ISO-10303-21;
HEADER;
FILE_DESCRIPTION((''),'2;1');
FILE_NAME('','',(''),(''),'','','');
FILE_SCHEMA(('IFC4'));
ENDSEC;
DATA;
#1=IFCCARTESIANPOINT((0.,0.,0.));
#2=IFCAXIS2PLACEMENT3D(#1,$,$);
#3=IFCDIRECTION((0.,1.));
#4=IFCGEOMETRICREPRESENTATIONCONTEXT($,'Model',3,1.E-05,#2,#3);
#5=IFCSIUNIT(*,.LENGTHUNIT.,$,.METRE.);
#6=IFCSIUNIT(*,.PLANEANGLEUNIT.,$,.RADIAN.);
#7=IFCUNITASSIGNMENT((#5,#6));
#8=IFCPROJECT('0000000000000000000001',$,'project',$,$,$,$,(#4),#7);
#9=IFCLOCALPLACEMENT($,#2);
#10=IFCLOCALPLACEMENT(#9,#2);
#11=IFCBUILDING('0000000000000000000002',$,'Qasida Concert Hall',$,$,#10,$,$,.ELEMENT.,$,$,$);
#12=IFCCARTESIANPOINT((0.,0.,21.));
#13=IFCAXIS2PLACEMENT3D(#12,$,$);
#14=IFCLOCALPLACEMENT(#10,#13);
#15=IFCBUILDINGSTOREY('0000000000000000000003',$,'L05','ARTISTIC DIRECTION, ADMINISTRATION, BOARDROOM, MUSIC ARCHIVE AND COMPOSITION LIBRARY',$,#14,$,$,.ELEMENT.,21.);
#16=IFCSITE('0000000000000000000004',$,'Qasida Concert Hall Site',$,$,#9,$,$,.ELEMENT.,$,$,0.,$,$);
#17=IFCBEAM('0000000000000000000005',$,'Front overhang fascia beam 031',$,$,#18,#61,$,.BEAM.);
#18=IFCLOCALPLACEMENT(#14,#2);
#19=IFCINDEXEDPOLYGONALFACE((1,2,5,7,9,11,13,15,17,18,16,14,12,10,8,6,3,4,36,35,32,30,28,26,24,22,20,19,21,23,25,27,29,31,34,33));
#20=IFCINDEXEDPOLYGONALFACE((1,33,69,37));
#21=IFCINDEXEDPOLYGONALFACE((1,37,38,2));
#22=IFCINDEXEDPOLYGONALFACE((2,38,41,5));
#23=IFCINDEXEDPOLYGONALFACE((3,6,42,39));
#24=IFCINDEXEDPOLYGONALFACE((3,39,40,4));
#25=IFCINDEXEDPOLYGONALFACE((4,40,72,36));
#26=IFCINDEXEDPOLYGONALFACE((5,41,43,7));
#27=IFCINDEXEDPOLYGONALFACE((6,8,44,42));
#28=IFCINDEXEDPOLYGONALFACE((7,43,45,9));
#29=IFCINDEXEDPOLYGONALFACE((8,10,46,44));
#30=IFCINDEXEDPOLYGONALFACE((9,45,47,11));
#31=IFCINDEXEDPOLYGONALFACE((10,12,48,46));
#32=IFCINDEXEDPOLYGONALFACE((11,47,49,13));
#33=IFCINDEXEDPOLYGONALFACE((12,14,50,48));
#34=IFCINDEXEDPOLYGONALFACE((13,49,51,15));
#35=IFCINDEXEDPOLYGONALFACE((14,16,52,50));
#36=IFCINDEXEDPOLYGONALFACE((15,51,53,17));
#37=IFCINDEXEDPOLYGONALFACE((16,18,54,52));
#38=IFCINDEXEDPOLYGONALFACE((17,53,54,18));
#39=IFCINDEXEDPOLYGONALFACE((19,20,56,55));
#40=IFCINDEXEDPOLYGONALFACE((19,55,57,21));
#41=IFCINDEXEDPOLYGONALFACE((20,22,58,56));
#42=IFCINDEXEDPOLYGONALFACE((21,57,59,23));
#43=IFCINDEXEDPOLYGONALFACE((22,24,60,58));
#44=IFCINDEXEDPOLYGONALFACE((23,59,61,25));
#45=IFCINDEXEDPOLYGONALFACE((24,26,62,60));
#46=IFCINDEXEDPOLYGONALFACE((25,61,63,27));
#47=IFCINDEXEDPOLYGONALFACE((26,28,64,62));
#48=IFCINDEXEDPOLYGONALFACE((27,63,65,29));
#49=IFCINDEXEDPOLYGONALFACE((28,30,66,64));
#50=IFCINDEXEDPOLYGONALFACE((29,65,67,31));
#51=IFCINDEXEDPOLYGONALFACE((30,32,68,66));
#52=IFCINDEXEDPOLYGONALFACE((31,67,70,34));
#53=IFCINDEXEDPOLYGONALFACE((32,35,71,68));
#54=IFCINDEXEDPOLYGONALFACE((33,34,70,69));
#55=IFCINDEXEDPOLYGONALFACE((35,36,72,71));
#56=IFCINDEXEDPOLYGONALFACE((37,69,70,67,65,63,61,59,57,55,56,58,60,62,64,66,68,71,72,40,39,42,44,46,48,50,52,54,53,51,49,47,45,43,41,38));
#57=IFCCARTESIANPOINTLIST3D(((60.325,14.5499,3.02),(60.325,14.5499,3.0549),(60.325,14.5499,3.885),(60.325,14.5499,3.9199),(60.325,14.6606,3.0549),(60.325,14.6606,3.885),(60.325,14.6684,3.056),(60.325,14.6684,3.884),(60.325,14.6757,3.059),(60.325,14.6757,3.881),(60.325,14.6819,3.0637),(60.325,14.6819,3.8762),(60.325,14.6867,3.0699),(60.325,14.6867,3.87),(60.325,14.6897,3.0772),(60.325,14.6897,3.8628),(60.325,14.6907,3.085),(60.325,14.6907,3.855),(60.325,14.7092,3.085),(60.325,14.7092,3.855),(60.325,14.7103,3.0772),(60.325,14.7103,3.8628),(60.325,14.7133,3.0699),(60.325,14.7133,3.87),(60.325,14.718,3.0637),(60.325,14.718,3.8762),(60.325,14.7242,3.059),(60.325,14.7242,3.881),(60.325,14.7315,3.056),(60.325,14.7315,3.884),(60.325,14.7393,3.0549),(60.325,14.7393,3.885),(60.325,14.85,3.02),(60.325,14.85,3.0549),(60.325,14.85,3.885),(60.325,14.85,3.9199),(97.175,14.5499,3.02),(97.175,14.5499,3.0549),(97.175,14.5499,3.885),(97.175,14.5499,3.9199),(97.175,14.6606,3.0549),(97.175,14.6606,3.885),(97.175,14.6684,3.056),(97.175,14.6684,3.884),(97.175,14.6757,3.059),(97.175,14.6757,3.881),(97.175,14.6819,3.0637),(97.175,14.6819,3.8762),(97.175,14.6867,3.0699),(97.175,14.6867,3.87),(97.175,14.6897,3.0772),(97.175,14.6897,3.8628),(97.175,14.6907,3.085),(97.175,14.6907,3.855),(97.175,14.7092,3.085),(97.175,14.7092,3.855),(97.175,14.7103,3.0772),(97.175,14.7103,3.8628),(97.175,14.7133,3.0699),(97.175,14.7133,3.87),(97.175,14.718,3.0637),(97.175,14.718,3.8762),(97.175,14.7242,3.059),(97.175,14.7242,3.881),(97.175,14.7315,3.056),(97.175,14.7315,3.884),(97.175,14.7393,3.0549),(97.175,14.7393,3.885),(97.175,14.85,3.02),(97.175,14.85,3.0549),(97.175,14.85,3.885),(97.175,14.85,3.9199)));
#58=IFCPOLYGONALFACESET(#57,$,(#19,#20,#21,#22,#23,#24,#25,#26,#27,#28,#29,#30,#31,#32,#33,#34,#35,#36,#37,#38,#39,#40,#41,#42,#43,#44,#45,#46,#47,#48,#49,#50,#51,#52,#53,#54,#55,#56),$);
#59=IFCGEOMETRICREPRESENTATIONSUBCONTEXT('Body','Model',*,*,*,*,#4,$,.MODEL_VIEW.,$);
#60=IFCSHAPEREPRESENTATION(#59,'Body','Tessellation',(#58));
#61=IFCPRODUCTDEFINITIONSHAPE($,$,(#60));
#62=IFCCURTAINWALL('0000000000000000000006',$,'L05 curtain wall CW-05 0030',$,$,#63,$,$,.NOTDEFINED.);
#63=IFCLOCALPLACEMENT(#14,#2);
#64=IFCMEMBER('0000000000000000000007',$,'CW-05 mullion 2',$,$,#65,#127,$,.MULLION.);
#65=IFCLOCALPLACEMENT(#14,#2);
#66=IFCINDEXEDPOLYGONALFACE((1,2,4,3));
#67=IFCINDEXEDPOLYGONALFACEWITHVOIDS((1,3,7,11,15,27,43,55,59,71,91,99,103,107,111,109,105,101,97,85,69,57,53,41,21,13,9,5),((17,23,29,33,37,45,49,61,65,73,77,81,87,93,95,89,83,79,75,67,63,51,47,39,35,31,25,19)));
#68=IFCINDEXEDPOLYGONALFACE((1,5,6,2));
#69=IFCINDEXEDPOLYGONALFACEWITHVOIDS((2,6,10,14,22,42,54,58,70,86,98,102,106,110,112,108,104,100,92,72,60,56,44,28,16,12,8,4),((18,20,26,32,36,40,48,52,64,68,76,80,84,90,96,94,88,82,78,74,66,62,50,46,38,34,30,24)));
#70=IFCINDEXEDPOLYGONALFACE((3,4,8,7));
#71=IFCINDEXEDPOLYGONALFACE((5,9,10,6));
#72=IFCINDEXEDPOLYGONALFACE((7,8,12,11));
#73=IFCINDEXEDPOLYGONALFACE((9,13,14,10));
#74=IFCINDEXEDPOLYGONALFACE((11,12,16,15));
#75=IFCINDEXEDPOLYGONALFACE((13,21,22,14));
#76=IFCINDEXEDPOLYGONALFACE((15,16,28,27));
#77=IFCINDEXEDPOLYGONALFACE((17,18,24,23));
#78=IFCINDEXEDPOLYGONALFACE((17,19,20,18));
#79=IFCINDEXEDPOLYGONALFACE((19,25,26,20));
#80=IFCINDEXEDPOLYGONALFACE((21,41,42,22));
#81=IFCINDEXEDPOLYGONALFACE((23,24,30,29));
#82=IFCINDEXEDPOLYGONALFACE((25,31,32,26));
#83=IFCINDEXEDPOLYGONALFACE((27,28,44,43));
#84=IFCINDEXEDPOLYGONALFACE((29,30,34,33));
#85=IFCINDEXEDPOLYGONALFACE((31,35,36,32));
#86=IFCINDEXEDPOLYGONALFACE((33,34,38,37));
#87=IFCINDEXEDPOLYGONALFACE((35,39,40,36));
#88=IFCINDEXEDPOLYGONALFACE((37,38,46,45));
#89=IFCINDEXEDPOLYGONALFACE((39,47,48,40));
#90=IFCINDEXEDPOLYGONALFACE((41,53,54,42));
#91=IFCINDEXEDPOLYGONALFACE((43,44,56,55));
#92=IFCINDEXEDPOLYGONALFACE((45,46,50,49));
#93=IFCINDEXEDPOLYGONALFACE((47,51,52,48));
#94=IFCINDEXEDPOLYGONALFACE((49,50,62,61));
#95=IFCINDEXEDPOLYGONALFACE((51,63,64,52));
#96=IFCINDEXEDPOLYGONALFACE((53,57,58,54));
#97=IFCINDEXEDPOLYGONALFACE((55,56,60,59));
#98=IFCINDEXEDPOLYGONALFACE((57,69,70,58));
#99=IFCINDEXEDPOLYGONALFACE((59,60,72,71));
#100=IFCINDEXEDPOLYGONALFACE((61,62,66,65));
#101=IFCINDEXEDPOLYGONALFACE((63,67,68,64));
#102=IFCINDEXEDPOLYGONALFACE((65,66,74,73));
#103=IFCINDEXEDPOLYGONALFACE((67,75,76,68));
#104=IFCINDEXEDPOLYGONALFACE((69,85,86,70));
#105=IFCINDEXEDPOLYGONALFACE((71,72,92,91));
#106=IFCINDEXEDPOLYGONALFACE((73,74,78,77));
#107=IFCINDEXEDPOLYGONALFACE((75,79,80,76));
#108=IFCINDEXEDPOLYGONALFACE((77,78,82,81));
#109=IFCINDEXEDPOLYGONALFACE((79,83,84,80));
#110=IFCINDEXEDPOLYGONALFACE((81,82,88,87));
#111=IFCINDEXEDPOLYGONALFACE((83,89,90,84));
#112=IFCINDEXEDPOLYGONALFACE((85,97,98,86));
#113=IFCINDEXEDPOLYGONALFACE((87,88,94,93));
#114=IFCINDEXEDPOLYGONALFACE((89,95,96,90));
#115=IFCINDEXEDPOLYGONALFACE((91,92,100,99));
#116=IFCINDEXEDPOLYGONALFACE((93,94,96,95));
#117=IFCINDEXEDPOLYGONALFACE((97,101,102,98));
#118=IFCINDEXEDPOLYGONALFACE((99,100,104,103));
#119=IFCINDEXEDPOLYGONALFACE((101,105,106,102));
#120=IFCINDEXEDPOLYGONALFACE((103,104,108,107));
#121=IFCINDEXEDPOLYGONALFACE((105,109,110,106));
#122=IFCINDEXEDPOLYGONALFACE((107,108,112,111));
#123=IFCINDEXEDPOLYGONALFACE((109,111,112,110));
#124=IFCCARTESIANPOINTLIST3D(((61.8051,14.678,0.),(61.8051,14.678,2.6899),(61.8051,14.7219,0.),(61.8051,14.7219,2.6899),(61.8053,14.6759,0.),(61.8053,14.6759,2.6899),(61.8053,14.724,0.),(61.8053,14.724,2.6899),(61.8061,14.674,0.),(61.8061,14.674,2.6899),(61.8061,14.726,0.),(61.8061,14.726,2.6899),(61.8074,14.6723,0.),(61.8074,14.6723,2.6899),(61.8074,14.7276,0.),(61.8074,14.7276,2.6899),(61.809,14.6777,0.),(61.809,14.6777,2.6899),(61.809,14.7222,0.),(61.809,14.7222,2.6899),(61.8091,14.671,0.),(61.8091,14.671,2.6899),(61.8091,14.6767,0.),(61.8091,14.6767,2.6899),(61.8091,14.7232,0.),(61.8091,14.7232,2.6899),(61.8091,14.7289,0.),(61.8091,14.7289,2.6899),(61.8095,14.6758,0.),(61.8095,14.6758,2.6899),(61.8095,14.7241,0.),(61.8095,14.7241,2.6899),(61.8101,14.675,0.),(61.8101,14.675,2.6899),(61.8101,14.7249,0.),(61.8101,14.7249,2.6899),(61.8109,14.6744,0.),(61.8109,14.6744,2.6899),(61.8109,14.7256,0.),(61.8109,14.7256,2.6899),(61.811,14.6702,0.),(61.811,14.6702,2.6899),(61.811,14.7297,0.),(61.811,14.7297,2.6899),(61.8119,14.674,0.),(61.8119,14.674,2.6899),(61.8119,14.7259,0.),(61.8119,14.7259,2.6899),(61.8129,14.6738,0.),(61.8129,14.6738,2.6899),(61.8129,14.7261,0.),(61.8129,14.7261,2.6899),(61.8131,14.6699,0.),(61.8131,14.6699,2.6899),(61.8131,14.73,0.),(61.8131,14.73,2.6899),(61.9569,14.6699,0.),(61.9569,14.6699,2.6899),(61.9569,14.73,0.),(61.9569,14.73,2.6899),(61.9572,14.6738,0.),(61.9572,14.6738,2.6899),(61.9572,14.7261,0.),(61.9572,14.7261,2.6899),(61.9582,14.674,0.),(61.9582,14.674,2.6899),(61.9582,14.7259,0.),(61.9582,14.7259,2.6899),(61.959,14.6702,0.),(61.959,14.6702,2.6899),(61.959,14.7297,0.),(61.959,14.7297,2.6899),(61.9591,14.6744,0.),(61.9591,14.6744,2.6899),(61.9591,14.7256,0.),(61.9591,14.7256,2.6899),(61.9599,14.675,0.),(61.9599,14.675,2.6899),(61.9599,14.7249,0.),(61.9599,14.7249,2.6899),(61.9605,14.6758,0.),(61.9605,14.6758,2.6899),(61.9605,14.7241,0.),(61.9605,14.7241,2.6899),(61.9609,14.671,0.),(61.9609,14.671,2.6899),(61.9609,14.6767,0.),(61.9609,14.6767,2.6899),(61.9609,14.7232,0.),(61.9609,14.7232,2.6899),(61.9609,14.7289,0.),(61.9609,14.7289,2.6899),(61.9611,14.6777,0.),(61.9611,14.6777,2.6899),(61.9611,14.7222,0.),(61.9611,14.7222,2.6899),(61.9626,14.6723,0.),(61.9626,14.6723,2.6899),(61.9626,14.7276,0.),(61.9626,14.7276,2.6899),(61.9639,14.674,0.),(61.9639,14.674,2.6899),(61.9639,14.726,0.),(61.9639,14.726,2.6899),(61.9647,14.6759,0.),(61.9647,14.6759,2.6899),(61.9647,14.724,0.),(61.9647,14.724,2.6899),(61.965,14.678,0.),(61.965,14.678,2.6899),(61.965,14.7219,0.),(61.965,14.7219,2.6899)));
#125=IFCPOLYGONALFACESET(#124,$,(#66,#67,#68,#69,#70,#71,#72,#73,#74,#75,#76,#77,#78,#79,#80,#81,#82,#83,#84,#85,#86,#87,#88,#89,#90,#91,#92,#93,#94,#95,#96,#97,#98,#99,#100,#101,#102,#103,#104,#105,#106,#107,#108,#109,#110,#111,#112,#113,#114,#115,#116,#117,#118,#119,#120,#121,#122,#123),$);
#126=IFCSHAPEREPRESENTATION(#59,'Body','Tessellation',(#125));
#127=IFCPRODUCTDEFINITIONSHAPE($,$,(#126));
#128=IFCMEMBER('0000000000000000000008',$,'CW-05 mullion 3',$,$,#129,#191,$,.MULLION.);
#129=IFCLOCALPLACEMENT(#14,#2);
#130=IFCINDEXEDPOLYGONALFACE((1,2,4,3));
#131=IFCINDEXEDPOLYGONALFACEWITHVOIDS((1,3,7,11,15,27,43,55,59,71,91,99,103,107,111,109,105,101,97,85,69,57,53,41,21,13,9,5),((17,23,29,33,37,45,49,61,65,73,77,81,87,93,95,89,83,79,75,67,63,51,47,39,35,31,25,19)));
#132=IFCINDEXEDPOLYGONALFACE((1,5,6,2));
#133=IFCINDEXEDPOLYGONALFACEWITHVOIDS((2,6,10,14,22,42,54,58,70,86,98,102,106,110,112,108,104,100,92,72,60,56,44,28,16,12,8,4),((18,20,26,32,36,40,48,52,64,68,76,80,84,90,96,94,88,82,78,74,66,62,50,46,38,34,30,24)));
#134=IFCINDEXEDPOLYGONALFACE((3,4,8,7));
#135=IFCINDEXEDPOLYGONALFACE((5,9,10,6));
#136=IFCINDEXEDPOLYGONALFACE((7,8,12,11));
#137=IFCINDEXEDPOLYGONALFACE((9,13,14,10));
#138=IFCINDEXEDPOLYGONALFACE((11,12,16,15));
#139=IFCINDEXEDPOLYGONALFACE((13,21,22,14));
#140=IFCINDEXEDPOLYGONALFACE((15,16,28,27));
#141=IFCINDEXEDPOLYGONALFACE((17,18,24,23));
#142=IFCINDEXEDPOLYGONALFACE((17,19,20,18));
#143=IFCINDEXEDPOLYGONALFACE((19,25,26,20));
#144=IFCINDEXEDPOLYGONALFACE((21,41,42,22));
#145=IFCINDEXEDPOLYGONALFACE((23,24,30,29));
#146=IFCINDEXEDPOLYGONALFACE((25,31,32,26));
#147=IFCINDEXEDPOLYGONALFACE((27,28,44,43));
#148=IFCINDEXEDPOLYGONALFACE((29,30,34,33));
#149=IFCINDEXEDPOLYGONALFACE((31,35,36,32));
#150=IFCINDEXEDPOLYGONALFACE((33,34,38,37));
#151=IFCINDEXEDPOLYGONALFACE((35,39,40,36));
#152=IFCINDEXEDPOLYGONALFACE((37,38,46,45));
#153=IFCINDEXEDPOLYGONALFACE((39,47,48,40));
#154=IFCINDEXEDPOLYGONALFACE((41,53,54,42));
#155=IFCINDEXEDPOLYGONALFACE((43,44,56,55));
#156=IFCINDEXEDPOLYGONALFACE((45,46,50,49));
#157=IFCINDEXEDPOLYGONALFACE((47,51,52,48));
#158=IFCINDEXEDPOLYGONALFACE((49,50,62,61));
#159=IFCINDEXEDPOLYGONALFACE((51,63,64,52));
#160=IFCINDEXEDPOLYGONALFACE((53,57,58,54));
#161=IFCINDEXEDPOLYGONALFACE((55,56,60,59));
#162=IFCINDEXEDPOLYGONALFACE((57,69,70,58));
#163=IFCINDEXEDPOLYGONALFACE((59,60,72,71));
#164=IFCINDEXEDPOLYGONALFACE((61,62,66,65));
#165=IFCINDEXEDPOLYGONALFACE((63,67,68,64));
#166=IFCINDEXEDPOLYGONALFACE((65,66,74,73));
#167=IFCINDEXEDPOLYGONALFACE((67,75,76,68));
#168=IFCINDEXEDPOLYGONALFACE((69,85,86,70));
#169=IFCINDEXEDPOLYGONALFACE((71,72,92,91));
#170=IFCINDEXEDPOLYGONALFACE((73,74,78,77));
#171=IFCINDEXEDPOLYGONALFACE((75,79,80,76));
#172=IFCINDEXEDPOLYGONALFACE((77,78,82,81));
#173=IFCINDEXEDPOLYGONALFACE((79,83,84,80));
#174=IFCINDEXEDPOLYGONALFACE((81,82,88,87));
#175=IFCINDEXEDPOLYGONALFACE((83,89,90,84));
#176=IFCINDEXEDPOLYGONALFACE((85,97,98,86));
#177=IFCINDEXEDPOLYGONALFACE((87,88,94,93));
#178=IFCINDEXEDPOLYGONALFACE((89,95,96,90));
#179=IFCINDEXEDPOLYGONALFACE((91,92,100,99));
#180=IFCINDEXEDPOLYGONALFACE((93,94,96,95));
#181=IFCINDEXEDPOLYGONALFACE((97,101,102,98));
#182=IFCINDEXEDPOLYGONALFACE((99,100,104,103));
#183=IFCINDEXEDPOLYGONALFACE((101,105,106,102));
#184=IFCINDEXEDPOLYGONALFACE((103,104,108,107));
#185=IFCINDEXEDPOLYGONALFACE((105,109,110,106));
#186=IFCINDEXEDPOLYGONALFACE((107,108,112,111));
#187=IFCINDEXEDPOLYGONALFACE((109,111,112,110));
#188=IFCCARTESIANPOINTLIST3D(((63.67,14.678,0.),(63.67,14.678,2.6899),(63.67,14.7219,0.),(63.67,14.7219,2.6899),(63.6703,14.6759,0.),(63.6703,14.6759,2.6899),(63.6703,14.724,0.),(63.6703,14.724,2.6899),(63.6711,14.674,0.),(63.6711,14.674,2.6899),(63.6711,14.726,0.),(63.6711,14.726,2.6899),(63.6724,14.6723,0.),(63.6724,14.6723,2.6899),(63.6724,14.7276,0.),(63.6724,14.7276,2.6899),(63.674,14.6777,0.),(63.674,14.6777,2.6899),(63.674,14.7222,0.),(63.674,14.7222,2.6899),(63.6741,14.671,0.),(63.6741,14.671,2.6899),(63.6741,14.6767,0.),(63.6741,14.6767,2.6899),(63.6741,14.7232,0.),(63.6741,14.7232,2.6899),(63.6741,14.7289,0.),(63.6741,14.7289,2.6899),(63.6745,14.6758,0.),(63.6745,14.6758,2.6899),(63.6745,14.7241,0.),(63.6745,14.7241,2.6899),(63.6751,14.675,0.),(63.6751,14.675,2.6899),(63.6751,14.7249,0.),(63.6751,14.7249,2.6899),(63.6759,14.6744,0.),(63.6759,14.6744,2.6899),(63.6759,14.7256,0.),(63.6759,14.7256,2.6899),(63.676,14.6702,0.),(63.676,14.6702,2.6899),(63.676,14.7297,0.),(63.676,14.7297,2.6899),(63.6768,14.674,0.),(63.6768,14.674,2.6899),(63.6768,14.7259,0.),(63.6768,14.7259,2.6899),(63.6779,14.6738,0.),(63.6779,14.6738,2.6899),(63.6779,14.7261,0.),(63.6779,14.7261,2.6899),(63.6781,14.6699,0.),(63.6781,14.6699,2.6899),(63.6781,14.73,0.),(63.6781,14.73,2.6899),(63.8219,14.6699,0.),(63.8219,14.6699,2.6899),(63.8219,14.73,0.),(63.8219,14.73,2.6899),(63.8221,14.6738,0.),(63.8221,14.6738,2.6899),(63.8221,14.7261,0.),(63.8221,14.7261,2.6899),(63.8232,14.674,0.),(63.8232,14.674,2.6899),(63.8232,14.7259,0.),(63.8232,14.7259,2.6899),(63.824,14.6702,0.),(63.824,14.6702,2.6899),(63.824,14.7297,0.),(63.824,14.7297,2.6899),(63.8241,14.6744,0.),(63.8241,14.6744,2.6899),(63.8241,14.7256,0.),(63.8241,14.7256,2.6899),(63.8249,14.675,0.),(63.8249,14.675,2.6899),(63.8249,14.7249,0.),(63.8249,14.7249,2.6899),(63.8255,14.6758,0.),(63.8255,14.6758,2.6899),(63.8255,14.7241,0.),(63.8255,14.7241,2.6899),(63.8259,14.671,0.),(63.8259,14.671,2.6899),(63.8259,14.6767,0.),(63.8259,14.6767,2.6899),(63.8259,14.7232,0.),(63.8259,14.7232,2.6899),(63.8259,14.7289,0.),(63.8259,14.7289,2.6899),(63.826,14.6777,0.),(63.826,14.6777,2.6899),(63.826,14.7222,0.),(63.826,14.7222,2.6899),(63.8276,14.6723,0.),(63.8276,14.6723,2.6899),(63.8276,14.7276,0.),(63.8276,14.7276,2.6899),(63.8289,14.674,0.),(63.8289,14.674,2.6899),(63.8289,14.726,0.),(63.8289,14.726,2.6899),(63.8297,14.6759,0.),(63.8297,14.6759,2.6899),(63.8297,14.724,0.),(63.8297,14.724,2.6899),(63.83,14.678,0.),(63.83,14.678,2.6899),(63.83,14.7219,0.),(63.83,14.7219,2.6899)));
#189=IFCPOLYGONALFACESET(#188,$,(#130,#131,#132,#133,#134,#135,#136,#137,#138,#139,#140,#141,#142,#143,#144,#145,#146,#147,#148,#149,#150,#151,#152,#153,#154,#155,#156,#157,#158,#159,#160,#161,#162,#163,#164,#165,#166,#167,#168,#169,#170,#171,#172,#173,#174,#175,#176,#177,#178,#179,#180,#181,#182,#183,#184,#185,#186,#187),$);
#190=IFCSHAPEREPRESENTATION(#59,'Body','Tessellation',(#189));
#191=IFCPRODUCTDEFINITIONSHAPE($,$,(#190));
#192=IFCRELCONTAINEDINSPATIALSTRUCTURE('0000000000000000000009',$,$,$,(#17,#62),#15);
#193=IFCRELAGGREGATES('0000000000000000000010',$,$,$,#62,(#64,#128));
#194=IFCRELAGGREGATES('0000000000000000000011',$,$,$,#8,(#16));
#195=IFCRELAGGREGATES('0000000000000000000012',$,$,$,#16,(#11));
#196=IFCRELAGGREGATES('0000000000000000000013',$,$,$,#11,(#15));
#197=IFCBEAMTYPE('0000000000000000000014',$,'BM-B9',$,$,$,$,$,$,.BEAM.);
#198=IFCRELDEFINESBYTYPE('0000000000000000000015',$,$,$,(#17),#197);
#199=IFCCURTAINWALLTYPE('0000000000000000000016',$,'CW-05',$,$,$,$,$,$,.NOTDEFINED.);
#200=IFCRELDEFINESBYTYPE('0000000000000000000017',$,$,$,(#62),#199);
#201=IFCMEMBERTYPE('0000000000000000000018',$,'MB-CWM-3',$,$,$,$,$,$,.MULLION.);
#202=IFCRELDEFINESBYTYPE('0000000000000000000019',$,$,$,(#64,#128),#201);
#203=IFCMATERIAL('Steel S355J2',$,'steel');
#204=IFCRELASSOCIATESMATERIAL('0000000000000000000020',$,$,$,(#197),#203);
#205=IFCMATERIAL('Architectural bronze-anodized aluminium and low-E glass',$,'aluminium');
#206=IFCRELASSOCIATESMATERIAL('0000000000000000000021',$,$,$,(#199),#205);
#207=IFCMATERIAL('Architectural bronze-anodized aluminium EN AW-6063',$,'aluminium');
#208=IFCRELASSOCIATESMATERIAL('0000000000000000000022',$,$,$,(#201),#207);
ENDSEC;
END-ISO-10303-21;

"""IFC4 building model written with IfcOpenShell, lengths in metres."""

from ifc_helpers import new_model, si_unit, direction, frame, origin, origin_2d, place, context, subcontext, project, spatial, hollow_rectangle, i_section, extrude, material, material_profile, profile_set, type_object, element, aggregate, save


model = new_model("IFC4")

# Units and contexts
model_context = context("Model", 3, precision=1e-05, world=origin(), true_north=direction((0.0, 1.0)))
body_context = subcontext(model_context, "Body", "Model", "MODEL_VIEW")
ifc_project = project(units=[si_unit("LENGTHUNIT", "METRE"), si_unit("PLANEANGLEUNIT", "RADIAN")], contexts=[model_context])

# Site, building, storey
site_placement = place(None, origin())
site = spatial("IfcSite", under=ifc_project, at=site_placement, Name="Qasida Concert Hall Site", CompositionType="ELEMENT", RefElevation=0.0)
building_placement = place(site_placement, origin())
building = spatial("IfcBuilding", under=site, at=building_placement, Name="Qasida Concert Hall", CompositionType="ELEMENT")
storey_placement = place(building_placement, frame((0.0, 0.0, 21.0)))
storey = spatial("IfcBuildingStorey", under=building, at=storey_placement, Name="L05", Description="ARTISTIC DIRECTION, ADMINISTRATION, BOARDROOM, MUSIC ARCHIVE AND COMPOSITION LIBRARY", CompositionType="ELEMENT", Elevation=21.0)

# Beam
ifc_material_1 = material(Name="Steel S355J2", Category="steel")
ifc_material_profile_1 = material_profile(ifc_material_1, i_section(OverallWidth=0.3, OverallDepth=0.8999, WebThickness=0.0186, FlangeThickness=0.0349, FilletRadius=0.03, at=origin_2d()), Name="HEB 900")
ifc_profile_set_1 = profile_set([ifc_material_profile_1], Name="Steel S355J2")
beam_type = type_object("IfcBeamType", Name="BM-B9", PredefinedType="BEAM", material=ifc_profile_set_1)
beam_placement = place(storey_placement, frame((60.325, 14.7, 3.47), z_axis=(1.0, 0.0, 0.0), x_axis=(0.0, 1.0, 0.0)))
element("IfcBeam", 1, at=beam_placement, inside=storey, type_object=beam_type, Name="Front overhang fascia beam 031", PredefinedType="BEAM", context=body_context, shape_type="SweptSolid", body=[
    extrude(i_section(OverallWidth=0.3, OverallDepth=0.8999, WebThickness=0.0186, FlangeThickness=0.0349, FilletRadius=0.03, at=origin_2d()), origin(), (0.0, 0.0, 1.0), 36.8501),
])

# Curtain wall, members
ifc_material_2 = material(Name="Architectural bronze-anodized aluminium and low-E glass", Category="aluminium")
curtain_wall_type = type_object("IfcCurtainWallType", Name="CW-05", PredefinedType="NOTDEFINED", material=ifc_material_2)
curtain_wall_placement = place(storey_placement, origin())
curtain_wall = element("IfcCurtainWall", 2, at=curtain_wall_placement, inside=storey, type_object=curtain_wall_type, Name="L05 curtain wall CW-05 0030", PredefinedType="NOTDEFINED")
ifc_material_3 = material(Name="Architectural bronze-anodized aluminium EN AW-6063", Category="aluminium")
ifc_material_profile_2 = material_profile(ifc_material_3, hollow_rectangle(XDim=0.0601, YDim=0.1599, WallThickness=0.0039, InnerFilletRadius=0.0039, OuterFilletRadius=0.0081, at=origin_2d()), Name="CWM 160x60x4")
ifc_profile_set_2 = profile_set([ifc_material_profile_2], Name="Architectural bronze-anodized aluminium EN AW-6063")
member_type_1 = type_object("IfcMemberType", Name="MB-CWM-3", PredefinedType="MULLION", material=ifc_profile_set_2)
member_1_placement = place(storey_placement, frame((61.885, 14.7, 0.0), z_axis=(0.0, 0.0, 1.0), x_axis=(0.0, 1.0, 0.0)))
member_1 = element("IfcMember", 3, at=member_1_placement, type_object=member_type_1, Name="CW-05 mullion 2", PredefinedType="MULLION", context=body_context, shape_type="SweptSolid", body=[
    extrude(hollow_rectangle(XDim=0.0601, YDim=0.1599, WallThickness=0.0039, InnerFilletRadius=0.0039, OuterFilletRadius=0.0081, at=origin_2d()), origin(), (0.0, 0.0, 1.0), 2.6899),
])
member_2_placement = place(storey_placement, frame((63.75, 14.7, 0.0), z_axis=(0.0, 0.0, 1.0), x_axis=(0.0, 1.0, 0.0)))
member_2 = element("IfcMember", 4, at=member_2_placement, type_object=member_type_1, Name="CW-05 mullion 3", PredefinedType="MULLION", context=body_context, shape_type="SweptSolid", body=[
    extrude(hollow_rectangle(XDim=0.0601, YDim=0.1599, WallThickness=0.0039, InnerFilletRadius=0.0039, OuterFilletRadius=0.0081, at=origin_2d()), origin(), (0.0, 0.0, 1.0), 2.6899),
])
aggregate(curtain_wall, [member_1, member_2])

save(model, "model.ifc")
